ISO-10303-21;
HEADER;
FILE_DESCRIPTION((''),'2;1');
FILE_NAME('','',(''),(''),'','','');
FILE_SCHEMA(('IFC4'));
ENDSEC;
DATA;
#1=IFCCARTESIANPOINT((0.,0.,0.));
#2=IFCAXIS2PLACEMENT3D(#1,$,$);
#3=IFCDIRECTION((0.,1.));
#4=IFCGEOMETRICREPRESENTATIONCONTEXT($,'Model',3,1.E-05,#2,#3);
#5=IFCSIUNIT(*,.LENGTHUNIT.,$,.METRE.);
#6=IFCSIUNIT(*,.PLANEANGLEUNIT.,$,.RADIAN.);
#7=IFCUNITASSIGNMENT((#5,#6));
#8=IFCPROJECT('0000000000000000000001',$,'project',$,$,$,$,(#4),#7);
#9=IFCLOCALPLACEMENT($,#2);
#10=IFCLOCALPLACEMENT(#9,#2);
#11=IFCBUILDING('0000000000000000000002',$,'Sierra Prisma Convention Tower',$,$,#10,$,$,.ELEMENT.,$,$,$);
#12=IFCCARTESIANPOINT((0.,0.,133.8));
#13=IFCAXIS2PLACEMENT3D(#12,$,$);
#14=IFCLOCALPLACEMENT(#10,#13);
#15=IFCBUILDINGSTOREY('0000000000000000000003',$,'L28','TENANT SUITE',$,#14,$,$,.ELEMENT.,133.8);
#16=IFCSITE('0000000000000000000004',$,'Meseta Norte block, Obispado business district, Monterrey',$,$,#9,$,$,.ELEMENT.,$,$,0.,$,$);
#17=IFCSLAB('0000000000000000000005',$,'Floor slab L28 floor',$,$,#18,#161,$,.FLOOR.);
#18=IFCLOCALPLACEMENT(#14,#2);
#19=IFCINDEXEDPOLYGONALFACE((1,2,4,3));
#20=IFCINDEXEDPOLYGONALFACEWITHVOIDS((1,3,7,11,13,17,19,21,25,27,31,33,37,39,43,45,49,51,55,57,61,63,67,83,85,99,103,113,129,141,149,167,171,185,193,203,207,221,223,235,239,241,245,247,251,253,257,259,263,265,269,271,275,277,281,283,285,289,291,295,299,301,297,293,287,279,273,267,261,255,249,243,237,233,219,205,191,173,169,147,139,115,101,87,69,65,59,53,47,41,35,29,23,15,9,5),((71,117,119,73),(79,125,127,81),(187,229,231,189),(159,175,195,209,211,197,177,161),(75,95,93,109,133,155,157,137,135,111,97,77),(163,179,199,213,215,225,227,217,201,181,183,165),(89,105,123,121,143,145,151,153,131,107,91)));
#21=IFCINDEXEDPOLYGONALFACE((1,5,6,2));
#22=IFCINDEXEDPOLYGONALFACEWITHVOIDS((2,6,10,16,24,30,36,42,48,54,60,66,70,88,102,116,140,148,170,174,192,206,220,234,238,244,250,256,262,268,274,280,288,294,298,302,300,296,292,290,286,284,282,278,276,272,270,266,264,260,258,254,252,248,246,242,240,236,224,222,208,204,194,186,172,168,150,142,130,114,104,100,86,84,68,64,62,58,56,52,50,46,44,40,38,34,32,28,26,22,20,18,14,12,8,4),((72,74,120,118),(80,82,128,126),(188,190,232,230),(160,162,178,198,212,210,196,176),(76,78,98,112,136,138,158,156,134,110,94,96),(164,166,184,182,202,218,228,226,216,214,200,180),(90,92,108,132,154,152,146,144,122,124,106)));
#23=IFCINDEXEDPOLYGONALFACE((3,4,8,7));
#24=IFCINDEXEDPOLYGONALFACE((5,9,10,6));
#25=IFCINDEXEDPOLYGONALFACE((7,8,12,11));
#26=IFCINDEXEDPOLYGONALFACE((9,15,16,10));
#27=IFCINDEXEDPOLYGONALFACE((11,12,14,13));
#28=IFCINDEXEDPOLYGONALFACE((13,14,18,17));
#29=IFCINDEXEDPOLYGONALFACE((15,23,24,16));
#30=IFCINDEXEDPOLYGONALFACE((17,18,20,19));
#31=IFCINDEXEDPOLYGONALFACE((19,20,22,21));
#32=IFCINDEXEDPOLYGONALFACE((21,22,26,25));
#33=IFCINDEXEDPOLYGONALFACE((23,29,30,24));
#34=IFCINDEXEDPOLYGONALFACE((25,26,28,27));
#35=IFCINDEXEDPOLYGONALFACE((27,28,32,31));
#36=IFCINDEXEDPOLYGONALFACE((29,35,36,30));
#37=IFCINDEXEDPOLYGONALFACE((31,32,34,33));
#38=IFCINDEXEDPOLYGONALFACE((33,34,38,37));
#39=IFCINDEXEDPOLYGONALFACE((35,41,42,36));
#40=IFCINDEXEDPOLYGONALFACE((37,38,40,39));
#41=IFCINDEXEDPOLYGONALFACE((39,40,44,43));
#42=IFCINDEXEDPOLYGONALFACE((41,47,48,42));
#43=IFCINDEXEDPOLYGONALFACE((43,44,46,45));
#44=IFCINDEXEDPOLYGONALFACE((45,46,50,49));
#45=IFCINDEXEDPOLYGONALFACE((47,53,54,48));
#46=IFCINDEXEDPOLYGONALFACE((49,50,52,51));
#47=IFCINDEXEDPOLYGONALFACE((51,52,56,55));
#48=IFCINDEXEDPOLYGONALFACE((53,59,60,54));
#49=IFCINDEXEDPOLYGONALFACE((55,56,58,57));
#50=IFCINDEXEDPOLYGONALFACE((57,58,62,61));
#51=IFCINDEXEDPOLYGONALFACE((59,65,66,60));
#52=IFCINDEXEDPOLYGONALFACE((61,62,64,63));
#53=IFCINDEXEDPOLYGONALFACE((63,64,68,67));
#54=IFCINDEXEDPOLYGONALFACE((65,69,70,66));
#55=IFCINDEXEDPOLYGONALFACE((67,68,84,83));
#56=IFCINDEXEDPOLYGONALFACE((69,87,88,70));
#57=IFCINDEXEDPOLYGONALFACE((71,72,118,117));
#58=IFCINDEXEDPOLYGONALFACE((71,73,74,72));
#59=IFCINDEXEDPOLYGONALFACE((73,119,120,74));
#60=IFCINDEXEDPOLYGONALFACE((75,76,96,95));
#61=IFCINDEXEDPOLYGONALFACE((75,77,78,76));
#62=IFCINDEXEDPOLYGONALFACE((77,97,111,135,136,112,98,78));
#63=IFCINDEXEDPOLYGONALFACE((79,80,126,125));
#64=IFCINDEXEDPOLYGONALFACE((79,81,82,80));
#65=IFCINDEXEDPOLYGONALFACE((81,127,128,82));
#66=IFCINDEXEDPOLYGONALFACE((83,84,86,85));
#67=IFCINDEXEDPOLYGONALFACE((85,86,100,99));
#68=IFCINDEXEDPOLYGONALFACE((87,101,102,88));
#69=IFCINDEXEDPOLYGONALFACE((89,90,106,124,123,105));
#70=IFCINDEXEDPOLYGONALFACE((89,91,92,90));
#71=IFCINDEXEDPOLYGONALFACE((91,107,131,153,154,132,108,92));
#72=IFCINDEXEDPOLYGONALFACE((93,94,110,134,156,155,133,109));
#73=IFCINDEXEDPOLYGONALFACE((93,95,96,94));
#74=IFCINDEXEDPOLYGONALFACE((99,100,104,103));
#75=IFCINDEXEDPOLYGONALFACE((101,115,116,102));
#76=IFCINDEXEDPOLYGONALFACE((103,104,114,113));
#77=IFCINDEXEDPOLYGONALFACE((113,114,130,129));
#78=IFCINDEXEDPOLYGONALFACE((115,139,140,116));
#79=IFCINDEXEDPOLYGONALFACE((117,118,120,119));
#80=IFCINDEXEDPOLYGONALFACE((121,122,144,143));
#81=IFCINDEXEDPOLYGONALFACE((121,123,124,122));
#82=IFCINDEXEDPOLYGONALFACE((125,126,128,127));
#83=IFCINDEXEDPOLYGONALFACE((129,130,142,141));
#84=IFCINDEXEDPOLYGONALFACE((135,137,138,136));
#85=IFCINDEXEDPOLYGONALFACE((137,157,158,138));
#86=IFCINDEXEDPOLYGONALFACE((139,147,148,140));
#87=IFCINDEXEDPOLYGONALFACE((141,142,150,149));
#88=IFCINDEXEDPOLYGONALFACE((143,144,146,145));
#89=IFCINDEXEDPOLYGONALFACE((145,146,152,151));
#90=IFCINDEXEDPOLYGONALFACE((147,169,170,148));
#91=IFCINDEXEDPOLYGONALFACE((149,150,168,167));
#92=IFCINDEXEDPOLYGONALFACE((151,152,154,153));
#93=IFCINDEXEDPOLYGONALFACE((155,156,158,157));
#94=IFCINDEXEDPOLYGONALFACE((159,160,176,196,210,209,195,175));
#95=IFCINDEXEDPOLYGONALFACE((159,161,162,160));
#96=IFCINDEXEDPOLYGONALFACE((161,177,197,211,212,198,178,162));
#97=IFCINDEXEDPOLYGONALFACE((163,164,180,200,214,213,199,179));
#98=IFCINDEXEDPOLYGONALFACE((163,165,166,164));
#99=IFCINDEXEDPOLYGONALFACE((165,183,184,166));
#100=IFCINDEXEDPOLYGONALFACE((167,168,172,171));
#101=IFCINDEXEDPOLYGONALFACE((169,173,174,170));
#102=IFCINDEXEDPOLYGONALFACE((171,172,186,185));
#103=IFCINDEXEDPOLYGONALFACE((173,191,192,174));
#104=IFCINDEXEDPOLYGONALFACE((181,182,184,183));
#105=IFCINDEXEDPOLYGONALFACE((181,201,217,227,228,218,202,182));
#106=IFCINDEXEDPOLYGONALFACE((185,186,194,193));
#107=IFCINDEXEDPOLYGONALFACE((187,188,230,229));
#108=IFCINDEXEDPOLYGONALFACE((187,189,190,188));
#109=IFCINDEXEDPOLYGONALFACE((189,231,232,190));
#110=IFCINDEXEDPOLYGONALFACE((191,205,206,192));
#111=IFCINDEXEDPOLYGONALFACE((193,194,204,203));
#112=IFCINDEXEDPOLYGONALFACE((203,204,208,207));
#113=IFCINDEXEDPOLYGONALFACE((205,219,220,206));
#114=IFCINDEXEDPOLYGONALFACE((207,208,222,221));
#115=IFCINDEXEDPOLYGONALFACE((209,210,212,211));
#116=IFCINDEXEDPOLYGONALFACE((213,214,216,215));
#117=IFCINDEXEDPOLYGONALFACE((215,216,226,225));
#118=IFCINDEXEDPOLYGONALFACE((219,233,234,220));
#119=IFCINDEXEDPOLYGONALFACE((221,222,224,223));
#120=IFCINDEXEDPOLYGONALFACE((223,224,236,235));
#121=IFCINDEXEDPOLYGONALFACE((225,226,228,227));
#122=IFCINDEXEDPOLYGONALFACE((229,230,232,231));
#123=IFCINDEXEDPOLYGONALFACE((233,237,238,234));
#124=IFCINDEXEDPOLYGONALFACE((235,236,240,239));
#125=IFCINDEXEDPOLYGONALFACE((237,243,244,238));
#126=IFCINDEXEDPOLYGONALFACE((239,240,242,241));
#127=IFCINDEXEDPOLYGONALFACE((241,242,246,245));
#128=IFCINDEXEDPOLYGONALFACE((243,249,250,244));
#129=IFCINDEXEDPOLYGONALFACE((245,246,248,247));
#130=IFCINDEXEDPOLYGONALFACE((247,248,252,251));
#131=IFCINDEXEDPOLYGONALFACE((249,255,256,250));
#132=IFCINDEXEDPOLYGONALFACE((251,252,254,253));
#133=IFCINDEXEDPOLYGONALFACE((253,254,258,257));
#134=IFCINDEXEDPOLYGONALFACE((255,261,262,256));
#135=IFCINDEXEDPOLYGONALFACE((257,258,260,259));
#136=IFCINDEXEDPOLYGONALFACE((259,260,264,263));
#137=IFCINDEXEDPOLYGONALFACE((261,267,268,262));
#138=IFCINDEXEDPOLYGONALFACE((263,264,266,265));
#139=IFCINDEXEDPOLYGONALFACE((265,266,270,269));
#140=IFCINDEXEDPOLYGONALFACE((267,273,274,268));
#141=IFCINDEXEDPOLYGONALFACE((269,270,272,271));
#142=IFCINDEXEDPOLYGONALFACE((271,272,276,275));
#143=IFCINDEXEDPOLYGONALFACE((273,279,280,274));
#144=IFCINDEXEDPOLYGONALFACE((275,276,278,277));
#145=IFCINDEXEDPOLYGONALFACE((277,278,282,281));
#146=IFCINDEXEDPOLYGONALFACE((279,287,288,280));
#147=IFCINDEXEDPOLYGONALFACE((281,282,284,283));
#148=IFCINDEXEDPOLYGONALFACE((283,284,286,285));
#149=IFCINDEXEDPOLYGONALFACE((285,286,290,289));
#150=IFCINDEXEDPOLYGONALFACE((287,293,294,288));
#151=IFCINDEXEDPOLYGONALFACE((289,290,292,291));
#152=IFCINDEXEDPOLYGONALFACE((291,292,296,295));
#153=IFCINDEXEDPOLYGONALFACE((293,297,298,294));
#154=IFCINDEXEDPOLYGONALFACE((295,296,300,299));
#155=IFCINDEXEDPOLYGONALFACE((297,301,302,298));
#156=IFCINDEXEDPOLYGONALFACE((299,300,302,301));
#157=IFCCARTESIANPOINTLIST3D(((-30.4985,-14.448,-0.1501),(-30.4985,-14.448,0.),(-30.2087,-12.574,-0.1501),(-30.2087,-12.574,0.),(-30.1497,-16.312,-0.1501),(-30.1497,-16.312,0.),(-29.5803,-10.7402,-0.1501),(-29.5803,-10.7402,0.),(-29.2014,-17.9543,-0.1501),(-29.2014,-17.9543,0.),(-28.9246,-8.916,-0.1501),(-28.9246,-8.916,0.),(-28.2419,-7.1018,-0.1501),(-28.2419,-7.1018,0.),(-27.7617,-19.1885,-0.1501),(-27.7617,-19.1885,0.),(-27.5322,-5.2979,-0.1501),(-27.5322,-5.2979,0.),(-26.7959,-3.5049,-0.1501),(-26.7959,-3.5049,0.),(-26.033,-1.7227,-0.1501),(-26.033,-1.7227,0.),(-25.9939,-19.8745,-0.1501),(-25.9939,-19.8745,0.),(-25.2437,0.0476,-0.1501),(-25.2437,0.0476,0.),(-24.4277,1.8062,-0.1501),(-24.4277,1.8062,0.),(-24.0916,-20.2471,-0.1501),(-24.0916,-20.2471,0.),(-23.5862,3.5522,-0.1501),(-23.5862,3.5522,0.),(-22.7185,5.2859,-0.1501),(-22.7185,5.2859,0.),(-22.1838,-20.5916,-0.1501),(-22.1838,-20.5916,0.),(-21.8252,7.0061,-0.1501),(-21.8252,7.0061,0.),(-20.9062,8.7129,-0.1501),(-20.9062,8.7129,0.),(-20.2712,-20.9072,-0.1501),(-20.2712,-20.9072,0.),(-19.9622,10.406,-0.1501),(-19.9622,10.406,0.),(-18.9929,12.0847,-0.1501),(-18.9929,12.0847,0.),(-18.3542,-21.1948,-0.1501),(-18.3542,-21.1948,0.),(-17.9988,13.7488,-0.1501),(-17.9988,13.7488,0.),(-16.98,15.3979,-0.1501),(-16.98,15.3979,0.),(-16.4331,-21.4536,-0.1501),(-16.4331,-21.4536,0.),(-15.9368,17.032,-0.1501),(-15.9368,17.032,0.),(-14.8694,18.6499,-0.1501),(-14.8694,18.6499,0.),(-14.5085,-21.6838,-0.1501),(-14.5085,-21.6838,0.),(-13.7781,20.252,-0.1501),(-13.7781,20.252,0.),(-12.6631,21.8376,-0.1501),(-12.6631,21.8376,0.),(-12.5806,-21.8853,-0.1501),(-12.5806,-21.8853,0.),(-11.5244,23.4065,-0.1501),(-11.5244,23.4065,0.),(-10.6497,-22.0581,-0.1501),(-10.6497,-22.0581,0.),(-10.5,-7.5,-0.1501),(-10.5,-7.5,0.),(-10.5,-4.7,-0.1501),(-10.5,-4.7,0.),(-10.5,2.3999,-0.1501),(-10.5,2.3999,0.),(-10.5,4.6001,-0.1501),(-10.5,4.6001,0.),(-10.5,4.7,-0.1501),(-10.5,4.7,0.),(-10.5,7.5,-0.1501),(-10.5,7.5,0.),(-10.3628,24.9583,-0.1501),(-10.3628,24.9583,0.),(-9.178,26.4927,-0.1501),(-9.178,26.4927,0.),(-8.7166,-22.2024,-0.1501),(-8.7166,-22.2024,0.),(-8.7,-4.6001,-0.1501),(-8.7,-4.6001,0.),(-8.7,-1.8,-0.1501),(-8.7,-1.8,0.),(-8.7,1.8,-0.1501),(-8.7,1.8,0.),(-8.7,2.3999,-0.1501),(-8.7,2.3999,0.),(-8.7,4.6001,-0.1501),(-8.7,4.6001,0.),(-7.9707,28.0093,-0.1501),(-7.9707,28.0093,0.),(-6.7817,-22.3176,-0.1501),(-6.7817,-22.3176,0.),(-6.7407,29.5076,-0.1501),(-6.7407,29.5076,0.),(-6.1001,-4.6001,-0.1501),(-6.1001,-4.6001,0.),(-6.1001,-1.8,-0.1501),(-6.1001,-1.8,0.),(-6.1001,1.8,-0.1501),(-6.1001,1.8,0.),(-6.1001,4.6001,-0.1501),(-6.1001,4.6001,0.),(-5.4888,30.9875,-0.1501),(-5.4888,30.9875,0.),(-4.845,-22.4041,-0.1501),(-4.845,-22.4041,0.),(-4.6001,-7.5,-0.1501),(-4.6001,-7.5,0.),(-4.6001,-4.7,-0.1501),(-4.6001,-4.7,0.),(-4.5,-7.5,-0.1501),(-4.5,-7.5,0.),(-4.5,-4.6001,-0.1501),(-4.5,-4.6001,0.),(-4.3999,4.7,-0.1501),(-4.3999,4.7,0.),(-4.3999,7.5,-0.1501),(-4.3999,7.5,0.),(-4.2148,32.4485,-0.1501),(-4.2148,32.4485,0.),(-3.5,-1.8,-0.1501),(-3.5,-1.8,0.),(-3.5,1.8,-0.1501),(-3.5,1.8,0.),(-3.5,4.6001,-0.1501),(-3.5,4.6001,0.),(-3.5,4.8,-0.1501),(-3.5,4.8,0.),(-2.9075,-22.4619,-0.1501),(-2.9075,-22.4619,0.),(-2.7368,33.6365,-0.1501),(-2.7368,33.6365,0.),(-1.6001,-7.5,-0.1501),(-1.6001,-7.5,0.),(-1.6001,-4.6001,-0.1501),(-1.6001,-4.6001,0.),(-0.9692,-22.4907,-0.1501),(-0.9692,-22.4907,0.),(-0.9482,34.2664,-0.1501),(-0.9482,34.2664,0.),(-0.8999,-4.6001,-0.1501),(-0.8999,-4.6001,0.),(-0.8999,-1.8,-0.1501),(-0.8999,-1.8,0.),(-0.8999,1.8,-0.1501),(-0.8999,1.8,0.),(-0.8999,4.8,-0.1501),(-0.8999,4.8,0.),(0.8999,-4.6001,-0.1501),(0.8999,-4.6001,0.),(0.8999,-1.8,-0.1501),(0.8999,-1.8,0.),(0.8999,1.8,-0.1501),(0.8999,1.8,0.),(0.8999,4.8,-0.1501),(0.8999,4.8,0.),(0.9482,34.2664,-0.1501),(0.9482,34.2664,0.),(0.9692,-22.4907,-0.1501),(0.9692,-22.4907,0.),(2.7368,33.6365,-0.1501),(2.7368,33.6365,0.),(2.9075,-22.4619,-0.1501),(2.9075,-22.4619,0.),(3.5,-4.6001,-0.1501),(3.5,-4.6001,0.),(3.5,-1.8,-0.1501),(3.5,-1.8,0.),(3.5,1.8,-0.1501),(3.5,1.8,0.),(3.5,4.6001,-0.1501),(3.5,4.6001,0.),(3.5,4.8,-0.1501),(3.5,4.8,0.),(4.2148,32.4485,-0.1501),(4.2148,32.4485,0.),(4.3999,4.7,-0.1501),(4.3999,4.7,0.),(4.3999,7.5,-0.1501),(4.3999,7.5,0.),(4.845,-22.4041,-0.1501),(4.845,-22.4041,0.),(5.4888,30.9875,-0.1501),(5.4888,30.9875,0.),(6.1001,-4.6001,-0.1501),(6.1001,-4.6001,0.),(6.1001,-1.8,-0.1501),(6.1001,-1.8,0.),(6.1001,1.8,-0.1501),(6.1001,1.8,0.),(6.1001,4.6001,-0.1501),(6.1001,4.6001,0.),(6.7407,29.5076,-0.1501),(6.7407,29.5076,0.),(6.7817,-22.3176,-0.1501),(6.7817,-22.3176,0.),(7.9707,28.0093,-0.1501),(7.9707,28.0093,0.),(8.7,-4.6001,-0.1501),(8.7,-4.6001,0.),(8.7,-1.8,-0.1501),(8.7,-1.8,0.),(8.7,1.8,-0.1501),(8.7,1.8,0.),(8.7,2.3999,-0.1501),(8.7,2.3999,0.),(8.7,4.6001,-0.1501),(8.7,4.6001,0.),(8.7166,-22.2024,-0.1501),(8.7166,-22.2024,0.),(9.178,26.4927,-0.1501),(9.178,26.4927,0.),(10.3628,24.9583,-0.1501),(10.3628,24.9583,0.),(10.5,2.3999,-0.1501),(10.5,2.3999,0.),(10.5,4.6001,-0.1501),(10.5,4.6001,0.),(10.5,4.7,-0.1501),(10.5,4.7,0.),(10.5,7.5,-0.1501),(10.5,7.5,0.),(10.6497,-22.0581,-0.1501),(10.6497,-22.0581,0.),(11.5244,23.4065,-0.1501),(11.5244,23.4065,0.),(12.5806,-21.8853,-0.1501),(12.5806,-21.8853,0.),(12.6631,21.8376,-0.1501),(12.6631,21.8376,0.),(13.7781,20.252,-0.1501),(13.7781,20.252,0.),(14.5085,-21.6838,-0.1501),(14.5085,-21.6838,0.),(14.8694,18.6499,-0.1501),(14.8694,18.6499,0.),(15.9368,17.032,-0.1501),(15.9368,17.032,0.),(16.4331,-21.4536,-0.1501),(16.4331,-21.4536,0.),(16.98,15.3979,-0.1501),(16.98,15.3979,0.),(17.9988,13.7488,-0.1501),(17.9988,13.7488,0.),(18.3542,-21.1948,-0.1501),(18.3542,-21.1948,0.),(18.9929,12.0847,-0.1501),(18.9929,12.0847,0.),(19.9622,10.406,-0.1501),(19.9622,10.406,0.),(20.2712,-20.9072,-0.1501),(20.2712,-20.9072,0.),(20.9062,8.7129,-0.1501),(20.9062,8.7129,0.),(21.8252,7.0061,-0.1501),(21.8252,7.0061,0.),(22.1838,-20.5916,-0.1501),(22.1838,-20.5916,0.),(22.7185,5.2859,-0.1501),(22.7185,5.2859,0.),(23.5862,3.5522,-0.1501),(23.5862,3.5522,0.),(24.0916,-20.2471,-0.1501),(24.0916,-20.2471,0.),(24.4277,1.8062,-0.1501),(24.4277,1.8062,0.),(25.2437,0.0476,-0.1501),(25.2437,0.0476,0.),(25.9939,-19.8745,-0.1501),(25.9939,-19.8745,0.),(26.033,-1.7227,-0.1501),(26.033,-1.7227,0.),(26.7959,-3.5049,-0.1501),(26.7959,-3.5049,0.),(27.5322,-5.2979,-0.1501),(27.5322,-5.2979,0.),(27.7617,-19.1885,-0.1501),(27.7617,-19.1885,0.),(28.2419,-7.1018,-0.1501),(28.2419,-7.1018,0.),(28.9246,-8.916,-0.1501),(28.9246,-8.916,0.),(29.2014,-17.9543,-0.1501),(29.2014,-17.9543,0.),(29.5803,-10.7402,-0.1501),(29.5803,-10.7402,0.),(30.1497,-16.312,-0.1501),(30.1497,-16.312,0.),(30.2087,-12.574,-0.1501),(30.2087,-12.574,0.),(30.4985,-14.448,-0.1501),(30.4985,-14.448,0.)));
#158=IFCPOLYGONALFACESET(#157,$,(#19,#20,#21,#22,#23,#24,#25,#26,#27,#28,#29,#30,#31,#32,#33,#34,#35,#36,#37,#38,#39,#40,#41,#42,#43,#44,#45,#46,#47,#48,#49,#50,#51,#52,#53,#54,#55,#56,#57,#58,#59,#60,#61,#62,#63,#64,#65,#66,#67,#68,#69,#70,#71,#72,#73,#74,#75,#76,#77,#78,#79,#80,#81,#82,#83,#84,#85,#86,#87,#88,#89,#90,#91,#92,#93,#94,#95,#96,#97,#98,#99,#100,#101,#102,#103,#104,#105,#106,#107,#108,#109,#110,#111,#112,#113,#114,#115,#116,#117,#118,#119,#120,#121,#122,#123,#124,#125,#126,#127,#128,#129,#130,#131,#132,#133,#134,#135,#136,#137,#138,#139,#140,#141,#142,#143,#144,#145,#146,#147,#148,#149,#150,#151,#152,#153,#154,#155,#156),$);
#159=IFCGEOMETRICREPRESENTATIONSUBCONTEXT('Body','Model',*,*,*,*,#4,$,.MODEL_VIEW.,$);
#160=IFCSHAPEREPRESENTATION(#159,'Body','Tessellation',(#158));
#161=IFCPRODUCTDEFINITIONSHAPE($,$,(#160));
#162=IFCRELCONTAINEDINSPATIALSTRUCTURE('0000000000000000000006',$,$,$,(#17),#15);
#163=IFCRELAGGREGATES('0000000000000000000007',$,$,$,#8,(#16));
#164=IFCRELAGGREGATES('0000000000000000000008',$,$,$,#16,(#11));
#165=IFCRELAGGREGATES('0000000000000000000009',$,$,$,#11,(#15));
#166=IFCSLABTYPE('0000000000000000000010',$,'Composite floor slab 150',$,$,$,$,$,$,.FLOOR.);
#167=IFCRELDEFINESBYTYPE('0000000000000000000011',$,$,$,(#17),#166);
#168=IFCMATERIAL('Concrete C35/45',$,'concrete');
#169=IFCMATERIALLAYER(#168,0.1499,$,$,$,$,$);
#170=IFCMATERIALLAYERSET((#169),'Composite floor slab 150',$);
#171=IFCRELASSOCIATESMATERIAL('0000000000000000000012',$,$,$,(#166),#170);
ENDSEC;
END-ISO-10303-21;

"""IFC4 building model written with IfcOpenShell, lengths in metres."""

from ifc_helpers import new_model, si_unit, direction, frame, origin, place, context, subcontext, project, spatial, polyline, outline, extrude, material, layer, layer_set, type_object, element, save


model = new_model("IFC4")

# Units and contexts
model_context = context("Model", 3, precision=1e-05, world=origin(), true_north=direction((0.0, 1.0)))
body_context = subcontext(model_context, "Body", "Model", "MODEL_VIEW")
ifc_project = project(units=[si_unit("LENGTHUNIT", "METRE"), si_unit("PLANEANGLEUNIT", "RADIAN")], contexts=[model_context])

# Site, building, storey
site_placement = place(None, origin())
site = spatial("IfcSite", under=ifc_project, at=site_placement, Name="Meseta Norte block, Obispado business district, Monterrey", CompositionType="ELEMENT", RefElevation=0.0)
building_placement = place(site_placement, origin())
building = spatial("IfcBuilding", under=site, at=building_placement, Name="Sierra Prisma Convention Tower", CompositionType="ELEMENT")
storey_placement = place(building_placement, frame((0.0, 0.0, 133.8)))
storey = spatial("IfcBuildingStorey", under=building, at=storey_placement, Name="L28", Description="TENANT SUITE", CompositionType="ELEMENT", Elevation=133.8)

# Slab
ifc_material_1 = material(Name="Concrete C35/45", Category="concrete")
ifc_layer_1 = layer(ifc_material_1, 0.1499)
ifc_layer_set_1 = layer_set([ifc_layer_1], Name="Composite floor slab 150")
slab_type_1 = type_object("IfcSlabType", Name="Composite floor slab 150", PredefinedType="FLOOR", material=ifc_layer_set_1)
slab_1_placement = place(storey_placement, frame((0.0, 0.0, -0.1501)))
element("IfcSlab", 1, at=slab_1_placement, inside=storey, type_object=slab_type_1, Name="Floor slab L28 floor", PredefinedType="FLOOR", context=body_context, shape_type="SweptSolid", body=[
    extrude(outline(polyline([(-25.9939, -19.8745), (-24.0916, -20.2471), (-22.1838, -20.5916), (-20.2712, -20.9072), (-18.3542, -21.1948), (-16.4331, -21.4536), (-14.5085, -21.6838), (-12.5806, -21.8853), (-10.6497, -22.0581), (-8.7166, -22.2024), (-6.7817, -22.3176), (-4.845, -22.4041), (-2.9075, -22.4619), (-0.9692, -22.4907), (0.9692, -22.4907), (2.9075, -22.4619), (4.845, -22.4041), (6.7817, -22.3176), (8.7166, -22.2024), (10.6497, -22.0581), (12.5806, -21.8853), (14.5085, -21.6838), (16.4331, -21.4536), (18.3542, -21.1948), (20.2712, -20.9072), (22.1838, -20.5916), (24.0916, -20.2471), (25.9939, -19.8745), (27.7617, -19.1885), (29.2014, -17.9543), (30.1497, -16.312), (30.4985, -14.448), (30.2087, -12.574), (29.5803, -10.7402), (28.9246, -8.916), (28.2419, -7.1018), (27.5322, -5.2979), (26.7959, -3.5049), (26.033, -1.7227), (25.2437, 0.0476), (24.4277, 1.8062), (23.5862, 3.5522), (22.7185, 5.2859), (21.8252, 7.0061), (20.9062, 8.7129), (19.9622, 10.406), (18.9929, 12.0847), (17.9988, 13.7488), (16.98, 15.3979), (15.9368, 17.032), (14.8694, 18.6499), (13.7781, 20.252), (12.6631, 21.8376), (11.5244, 23.4065), (10.3628, 24.9583), (9.178, 26.4927), (7.9707, 28.0093), (6.7407, 29.5076), (5.4888, 30.9875), (4.2148, 32.4485), (2.7368, 33.6365), (0.9482, 34.2664), (-0.9482, 34.2664), (-2.7368, 33.6365), (-4.2148, 32.4485), (-5.4888, 30.9875), (-6.7407, 29.5076), (-7.9707, 28.0093), (-9.178, 26.4927), (-10.3628, 24.9583), (-11.5244, 23.4065), (-12.6631, 21.8376), (-13.7781, 20.252), (-14.8694, 18.6499), (-15.9368, 17.032), (-16.98, 15.3979), (-17.9988, 13.7488), (-18.9929, 12.0847), (-19.9622, 10.406), (-20.9062, 8.7129), (-21.8252, 7.0061), (-22.7185, 5.2859), (-23.5862, 3.5522), (-24.4277, 1.8062), (-25.2437, 0.0476), (-26.033, -1.7227), (-26.7959, -3.5049), (-27.5322, -5.2979), (-28.2419, -7.1018), (-28.9246, -8.916), (-29.5803, -10.7402), (-30.2087, -12.574), (-30.4985, -14.448), (-30.1497, -16.312), (-29.2014, -17.9543), (-27.7617, -19.1885), (-25.9939, -19.8745)]), holes=[polyline([(-4.6001, -7.5), (-10.5, -7.5), (-10.5, -4.7), (-4.6001, -4.7), (-4.6001, -7.5)]), polyline([(-8.7, -4.6001), (-8.7, -1.8), (-6.1001, -1.8), (-3.5, -1.8), (-0.8999, -1.8), (-0.8999, -4.6001), (-1.6001, -4.6001), (-1.6001, -7.5), (-4.5, -7.5), (-4.5, -4.6001), (-6.1001, -4.6001), (-8.7, -4.6001)]), polyline([(-10.5, 4.6001), (-8.7, 4.6001), (-6.1001, 4.6001), (-3.5, 4.6001), (-3.5, 4.8), (-0.8999, 4.8), (-0.8999, 1.8), (-3.5, 1.8), (-6.1001, 1.8), (-8.7, 1.8), (-8.7, 2.3999), (-10.5, 2.3999), (-10.5, 4.6001)]), polyline([(-10.5, 4.7), (-10.5, 7.5), (-4.3999, 7.5), (-4.3999, 4.7), (-10.5, 4.7)]), polyline([(6.1001, -1.8), (8.7, -1.8), (8.7, -4.6001), (6.1001, -4.6001), (3.5, -4.6001), (0.8999, -4.6001), (0.8999, -1.8), (3.5, -1.8), (6.1001, -1.8)]), polyline([(8.7, 4.6001), (10.5, 4.6001), (10.5, 2.3999), (8.7, 2.3999), (8.7, 1.8), (6.1001, 1.8), (3.5, 1.8), (0.8999, 1.8), (0.8999, 4.8), (3.5, 4.8), (3.5, 4.6001), (6.1001, 4.6001), (8.7, 4.6001)]), polyline([(4.3999, 4.7), (4.3999, 7.5), (10.5, 7.5), (10.5, 4.7), (4.3999, 4.7)])]), origin(), (0.0, 0.0, 1.0), 0.1501),
])

save(model, "model.ifc")
